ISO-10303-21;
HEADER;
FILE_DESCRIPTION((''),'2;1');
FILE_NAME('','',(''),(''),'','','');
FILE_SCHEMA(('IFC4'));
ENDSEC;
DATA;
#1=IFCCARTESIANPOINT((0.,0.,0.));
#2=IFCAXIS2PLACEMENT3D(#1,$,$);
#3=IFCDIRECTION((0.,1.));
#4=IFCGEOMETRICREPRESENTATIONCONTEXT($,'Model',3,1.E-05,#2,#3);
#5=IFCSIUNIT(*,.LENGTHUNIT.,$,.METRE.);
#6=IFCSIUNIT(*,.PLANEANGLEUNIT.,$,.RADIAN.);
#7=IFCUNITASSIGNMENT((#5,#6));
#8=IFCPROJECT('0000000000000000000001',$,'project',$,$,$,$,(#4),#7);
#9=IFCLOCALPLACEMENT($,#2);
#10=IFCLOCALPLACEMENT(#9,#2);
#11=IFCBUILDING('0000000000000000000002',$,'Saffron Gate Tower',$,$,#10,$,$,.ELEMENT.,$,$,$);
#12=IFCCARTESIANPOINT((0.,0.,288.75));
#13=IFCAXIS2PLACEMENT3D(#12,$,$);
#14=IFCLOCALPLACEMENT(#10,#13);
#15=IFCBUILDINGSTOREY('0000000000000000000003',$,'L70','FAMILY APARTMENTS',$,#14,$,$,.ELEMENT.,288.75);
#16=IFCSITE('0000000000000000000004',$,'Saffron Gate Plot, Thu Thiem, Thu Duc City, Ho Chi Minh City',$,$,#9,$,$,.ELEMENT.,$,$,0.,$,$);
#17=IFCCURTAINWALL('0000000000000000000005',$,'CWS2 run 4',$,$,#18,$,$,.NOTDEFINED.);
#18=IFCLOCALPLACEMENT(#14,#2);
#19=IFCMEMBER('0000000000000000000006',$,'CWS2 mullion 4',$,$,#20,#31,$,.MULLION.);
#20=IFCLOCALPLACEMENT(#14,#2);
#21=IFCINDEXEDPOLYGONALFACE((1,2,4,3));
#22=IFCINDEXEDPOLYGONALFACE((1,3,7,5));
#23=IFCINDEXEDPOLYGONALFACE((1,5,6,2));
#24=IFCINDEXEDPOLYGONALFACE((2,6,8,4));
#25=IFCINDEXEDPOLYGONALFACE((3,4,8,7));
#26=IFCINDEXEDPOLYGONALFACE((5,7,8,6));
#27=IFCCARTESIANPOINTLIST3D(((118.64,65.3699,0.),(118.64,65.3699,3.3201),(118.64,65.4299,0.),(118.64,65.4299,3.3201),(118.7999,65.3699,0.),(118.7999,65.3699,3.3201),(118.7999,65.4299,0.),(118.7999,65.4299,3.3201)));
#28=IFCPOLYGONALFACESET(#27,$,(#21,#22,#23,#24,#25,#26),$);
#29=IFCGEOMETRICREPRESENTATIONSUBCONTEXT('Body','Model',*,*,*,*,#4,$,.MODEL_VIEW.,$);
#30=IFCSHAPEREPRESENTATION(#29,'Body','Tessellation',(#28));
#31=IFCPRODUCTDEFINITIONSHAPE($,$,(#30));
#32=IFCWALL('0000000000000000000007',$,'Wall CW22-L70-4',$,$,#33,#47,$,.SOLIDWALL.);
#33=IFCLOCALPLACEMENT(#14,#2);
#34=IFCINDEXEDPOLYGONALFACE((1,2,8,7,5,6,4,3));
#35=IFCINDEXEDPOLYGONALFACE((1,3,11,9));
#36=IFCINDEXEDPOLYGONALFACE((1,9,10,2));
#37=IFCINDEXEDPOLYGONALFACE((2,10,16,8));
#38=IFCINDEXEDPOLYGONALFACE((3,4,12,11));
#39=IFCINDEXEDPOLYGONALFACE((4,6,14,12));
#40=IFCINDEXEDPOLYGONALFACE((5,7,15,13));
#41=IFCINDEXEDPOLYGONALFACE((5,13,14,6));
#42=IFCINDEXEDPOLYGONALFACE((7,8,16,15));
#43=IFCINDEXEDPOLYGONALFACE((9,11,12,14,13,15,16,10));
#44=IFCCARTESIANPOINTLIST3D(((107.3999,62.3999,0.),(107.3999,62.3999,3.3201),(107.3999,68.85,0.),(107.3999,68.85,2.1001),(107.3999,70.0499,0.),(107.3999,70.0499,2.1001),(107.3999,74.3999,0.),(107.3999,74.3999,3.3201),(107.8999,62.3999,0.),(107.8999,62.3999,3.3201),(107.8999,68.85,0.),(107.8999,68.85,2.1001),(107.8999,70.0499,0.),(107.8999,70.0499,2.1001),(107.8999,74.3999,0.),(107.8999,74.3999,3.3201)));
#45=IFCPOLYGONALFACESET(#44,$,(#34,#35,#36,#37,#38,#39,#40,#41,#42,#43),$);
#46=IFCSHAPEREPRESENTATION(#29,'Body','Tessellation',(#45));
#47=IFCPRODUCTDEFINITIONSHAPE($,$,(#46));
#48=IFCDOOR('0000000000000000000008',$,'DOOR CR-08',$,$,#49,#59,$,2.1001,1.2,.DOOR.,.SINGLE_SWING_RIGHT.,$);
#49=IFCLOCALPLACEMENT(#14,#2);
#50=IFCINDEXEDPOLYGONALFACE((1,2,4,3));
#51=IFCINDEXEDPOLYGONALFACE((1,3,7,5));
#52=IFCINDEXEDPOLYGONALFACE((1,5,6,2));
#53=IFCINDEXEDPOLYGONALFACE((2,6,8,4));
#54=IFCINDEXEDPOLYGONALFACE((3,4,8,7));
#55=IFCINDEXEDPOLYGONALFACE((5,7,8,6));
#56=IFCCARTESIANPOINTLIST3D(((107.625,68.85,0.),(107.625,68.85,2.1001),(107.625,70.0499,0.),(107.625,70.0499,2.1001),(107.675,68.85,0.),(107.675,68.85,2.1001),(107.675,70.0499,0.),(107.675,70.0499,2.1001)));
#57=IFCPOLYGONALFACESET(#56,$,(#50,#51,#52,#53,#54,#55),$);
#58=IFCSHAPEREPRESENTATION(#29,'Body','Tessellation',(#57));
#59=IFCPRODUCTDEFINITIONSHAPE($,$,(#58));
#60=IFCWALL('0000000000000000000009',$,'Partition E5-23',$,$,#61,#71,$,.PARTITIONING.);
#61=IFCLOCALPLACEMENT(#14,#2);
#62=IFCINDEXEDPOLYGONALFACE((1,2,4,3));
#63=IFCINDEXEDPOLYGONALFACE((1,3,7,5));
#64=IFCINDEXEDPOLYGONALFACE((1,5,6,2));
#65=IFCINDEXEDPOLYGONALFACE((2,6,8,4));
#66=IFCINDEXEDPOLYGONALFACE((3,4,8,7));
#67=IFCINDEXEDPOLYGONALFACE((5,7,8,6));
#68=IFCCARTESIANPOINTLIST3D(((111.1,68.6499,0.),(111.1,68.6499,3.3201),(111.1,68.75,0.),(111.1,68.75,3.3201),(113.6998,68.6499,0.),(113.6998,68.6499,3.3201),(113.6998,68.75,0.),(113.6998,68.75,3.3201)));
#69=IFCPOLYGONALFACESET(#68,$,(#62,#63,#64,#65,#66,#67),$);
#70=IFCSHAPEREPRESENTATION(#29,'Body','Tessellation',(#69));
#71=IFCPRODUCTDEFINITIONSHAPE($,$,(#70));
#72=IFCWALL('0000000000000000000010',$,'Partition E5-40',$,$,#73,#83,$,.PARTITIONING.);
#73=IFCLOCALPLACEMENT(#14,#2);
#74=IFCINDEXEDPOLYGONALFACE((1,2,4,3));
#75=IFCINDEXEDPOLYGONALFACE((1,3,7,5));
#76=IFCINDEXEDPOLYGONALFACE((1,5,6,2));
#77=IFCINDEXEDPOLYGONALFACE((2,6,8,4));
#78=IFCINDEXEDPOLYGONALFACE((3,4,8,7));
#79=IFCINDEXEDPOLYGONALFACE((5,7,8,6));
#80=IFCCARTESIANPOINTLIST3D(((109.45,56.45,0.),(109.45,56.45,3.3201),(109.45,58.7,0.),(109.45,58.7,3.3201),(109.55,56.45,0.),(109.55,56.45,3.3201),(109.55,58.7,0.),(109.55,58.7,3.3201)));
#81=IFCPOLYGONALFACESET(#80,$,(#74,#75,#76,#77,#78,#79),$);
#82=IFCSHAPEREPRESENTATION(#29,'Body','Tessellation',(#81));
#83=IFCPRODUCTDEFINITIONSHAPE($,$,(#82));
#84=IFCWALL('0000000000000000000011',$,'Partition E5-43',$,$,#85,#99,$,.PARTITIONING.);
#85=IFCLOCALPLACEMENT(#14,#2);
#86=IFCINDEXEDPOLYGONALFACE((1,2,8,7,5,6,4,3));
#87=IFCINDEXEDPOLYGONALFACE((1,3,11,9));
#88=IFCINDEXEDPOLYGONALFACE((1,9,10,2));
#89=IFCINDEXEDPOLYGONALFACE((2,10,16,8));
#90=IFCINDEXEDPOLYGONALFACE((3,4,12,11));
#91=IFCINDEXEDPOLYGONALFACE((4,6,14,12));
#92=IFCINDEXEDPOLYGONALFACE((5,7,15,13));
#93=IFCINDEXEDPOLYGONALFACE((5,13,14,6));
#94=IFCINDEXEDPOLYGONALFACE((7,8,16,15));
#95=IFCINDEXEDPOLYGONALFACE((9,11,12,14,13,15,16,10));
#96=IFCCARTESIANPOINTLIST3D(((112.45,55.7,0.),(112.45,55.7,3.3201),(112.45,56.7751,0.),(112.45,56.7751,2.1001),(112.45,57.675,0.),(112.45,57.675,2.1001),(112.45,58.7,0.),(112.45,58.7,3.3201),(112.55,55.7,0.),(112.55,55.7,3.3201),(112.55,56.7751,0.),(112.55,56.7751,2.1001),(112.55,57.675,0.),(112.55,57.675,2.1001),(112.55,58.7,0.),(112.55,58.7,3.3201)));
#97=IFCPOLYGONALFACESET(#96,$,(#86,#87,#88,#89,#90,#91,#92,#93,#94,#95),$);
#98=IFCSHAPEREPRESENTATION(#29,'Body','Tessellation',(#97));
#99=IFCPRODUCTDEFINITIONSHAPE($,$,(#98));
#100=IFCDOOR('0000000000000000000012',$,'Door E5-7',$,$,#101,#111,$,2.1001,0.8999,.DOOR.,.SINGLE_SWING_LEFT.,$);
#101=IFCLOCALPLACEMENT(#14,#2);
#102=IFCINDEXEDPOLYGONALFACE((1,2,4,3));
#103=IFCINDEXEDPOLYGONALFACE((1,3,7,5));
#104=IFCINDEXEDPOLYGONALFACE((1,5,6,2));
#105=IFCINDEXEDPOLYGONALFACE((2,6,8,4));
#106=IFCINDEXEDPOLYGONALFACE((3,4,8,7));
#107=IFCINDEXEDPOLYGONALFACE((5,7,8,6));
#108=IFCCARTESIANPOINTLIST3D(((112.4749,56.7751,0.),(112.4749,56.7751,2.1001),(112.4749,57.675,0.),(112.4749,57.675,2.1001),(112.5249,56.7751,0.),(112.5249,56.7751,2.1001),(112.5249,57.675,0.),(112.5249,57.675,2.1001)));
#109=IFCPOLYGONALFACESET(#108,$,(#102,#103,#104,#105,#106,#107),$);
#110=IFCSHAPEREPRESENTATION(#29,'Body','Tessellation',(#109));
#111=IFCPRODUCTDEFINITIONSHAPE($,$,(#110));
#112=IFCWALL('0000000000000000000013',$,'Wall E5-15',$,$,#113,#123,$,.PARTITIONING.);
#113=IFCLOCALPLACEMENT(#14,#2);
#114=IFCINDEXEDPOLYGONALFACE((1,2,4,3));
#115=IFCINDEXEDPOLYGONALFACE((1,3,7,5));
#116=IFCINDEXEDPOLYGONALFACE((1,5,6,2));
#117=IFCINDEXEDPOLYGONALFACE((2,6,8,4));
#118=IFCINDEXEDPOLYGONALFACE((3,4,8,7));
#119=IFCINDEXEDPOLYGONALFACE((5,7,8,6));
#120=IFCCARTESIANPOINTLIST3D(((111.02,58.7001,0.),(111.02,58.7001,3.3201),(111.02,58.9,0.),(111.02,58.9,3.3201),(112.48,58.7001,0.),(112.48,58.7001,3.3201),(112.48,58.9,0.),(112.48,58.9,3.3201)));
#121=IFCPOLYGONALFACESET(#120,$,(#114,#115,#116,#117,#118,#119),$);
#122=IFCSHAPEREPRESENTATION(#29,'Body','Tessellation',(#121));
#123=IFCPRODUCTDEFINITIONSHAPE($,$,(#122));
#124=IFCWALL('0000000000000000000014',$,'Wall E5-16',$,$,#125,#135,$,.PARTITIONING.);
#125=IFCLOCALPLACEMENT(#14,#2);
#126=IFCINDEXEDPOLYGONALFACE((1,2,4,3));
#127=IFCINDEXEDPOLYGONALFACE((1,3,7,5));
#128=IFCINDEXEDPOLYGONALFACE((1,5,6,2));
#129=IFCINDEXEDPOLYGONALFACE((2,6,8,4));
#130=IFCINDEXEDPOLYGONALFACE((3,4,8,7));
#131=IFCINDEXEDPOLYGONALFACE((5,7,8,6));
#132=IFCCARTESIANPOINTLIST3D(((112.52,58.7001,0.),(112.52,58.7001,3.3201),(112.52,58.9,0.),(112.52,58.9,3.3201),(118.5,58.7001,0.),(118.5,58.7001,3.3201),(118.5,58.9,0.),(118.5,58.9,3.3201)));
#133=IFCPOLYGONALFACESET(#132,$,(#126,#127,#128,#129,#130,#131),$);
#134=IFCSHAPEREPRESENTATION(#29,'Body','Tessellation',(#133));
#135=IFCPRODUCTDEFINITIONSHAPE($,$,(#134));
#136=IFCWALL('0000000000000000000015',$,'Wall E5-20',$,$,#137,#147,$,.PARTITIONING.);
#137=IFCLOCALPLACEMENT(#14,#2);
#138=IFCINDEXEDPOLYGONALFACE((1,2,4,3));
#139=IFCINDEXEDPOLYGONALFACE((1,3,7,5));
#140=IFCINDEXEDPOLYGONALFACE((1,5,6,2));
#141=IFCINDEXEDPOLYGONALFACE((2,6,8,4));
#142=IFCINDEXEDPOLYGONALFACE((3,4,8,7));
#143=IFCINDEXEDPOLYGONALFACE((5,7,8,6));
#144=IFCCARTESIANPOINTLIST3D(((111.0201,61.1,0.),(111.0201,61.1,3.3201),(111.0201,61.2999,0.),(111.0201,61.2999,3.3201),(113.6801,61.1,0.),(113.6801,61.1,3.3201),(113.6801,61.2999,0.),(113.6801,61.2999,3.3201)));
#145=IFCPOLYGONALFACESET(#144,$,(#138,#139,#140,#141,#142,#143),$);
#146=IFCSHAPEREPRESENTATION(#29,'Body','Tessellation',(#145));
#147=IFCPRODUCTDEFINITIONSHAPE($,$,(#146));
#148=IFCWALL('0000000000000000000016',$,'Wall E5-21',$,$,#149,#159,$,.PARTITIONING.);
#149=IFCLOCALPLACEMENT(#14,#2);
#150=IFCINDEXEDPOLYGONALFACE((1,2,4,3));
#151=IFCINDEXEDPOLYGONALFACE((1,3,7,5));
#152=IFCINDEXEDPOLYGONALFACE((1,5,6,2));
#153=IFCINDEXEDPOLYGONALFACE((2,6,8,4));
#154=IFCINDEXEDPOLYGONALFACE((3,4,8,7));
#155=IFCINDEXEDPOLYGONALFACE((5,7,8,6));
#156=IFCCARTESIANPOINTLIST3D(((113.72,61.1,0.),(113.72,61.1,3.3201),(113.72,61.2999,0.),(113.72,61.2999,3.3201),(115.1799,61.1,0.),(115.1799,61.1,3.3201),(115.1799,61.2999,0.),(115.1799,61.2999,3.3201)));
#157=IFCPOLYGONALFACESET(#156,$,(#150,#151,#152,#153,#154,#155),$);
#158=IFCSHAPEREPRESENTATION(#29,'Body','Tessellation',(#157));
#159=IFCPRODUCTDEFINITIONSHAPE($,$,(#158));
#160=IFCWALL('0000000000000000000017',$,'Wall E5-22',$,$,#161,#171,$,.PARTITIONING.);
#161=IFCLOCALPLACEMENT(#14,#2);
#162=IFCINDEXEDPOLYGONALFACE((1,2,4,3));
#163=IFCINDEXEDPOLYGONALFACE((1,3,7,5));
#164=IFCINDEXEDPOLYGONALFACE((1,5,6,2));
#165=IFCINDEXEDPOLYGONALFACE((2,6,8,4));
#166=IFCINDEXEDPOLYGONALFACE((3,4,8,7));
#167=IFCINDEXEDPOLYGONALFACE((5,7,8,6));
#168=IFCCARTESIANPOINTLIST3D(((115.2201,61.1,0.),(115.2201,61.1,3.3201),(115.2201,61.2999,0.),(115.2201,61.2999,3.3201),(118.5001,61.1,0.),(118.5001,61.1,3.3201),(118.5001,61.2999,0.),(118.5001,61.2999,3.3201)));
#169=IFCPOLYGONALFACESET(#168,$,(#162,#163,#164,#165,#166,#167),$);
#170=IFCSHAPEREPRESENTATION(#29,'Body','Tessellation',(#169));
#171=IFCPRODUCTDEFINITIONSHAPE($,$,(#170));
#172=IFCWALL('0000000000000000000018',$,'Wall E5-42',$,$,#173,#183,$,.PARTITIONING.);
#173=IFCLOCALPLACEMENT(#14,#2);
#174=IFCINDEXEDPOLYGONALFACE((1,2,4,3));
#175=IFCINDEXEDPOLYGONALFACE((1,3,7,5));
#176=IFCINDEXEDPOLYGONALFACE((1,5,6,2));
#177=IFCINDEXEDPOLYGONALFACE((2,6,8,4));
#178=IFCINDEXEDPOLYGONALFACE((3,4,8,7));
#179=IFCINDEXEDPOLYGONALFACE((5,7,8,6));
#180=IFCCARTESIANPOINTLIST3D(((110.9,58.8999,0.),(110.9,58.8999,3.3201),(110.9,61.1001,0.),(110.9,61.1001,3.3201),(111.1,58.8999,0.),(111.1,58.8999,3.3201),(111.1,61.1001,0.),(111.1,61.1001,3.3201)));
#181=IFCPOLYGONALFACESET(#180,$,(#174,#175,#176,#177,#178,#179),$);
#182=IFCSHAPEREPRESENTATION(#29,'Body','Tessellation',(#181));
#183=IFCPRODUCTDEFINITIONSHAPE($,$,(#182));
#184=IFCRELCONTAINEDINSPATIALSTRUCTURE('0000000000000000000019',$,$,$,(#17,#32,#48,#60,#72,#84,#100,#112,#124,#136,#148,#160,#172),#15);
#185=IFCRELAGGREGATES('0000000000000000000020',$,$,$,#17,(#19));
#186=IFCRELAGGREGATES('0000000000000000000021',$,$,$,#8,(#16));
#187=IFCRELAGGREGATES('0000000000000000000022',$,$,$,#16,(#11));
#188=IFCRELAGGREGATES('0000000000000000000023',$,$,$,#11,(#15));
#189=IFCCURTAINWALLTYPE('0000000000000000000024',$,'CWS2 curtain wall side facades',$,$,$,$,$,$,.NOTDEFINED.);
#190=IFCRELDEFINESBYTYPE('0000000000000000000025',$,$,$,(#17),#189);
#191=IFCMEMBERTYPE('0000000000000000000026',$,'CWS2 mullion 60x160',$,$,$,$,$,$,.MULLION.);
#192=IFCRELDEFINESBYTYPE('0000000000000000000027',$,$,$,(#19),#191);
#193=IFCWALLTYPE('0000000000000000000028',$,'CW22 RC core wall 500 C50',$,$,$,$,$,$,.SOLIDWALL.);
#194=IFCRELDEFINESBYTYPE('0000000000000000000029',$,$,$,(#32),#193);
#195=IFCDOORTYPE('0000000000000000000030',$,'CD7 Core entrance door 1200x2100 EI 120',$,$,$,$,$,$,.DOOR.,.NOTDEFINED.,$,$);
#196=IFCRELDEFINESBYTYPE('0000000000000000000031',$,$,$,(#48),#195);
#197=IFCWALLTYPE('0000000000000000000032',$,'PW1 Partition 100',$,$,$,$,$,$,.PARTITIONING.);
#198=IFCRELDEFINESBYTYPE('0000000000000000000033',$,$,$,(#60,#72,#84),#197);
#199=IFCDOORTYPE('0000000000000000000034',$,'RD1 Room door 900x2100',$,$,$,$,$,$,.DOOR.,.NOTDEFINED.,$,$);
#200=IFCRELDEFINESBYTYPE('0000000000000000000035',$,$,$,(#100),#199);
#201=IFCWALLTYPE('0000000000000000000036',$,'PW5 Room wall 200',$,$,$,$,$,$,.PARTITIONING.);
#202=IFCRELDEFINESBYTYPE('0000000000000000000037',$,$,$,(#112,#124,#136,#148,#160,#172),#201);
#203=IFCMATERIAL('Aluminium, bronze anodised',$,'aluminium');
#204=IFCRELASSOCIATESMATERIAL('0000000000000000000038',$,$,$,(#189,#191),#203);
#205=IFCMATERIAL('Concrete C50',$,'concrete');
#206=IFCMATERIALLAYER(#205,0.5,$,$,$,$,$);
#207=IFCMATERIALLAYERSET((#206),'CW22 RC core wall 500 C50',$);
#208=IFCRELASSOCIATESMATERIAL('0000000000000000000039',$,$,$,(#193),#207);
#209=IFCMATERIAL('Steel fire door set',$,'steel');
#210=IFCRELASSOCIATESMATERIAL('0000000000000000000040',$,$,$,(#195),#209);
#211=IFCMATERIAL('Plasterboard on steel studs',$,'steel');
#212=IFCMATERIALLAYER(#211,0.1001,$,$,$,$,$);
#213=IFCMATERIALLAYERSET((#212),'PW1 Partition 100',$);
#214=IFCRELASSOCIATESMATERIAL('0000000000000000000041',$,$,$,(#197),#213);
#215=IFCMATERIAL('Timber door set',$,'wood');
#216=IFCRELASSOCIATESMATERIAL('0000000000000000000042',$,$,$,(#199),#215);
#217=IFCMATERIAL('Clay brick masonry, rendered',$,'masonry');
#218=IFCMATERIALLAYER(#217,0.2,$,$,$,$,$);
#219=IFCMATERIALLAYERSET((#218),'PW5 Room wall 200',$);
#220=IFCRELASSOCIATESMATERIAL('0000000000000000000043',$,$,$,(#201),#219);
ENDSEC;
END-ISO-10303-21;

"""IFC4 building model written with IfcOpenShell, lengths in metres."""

from ifc_helpers import new_model, si_unit, direction, frame, frame_2d, origin, origin_2d, place, context, subcontext, project, spatial, rectangle, extrude, material, layer, layer_set, material_profile, profile_set, type_object, element, fill, aggregate, save


model = new_model("IFC4")

# Units and contexts
model_context = context("Model", 3, precision=1e-05, world=origin(), true_north=direction((0.0, 1.0)))
body_context = subcontext(model_context, "Body", "Model", "MODEL_VIEW")
ifc_project = project(units=[si_unit("LENGTHUNIT", "METRE"), si_unit("PLANEANGLEUNIT", "RADIAN")], contexts=[model_context])

# Site, building, storey
site_placement = place(None, origin())
site = spatial("IfcSite", under=ifc_project, at=site_placement, Name="Saffron Gate Plot, Thu Thiem, Thu Duc City, Ho Chi Minh City", CompositionType="ELEMENT", RefElevation=0.0)
building_placement = place(site_placement, origin())
building = spatial("IfcBuilding", under=site, at=building_placement, Name="Saffron Gate Tower", CompositionType="ELEMENT")
storey_placement = place(building_placement, frame((0.0, 0.0, 288.75)))
storey = spatial("IfcBuildingStorey", under=building, at=storey_placement, Name="L70", Description="FAMILY APARTMENTS", CompositionType="ELEMENT", Elevation=288.75)

# Curtain wall, member
ifc_material_1 = material(Name="Aluminium, bronze anodised", Category="aluminium")
curtain_wall_type = type_object("IfcCurtainWallType", Name="CWS2 curtain wall side facades", PredefinedType="NOTDEFINED", material=ifc_material_1)
curtain_wall_placement = place(storey_placement, origin())
curtain_wall = element("IfcCurtainWall", 1, at=curtain_wall_placement, inside=storey, type_object=curtain_wall_type, Name="CWS2 run 4", PredefinedType="NOTDEFINED")
ifc_material_profile_1 = material_profile(ifc_material_1, rectangle(XDim=0.1599, YDim=0.0601, at=origin_2d()))
ifc_profile_set_1 = profile_set([ifc_material_profile_1], Name="Aluminium, bronze anodised")
member_type = type_object("IfcMemberType", Name="CWS2 mullion 60x160", PredefinedType="MULLION", material=ifc_profile_set_1)
member_1_placement = place(storey_placement, frame((118.72, 65.3999, 0.0), z_axis=(0.0, 0.0, 1.0), x_axis=(-1.0, 0.0, 0.0)))
member_1 = element("IfcMember", 2, at=member_1_placement, type_object=member_type, Name="CWS2 mullion 4", PredefinedType="MULLION", context=body_context, shape_type="SweptSolid", body=[
    extrude(rectangle(XDim=0.1599, YDim=0.0601, at=origin_2d()), origin(), (0.0, 0.0, 1.0), 3.3201),
])
aggregate(curtain_wall, [member_1])

# Wall, opening, door
ifc_material_2 = material(Name="Concrete C50", Category="concrete")
ifc_layer_1 = layer(ifc_material_2, 0.5)
ifc_layer_set_1 = layer_set([ifc_layer_1], Name="CW22 RC core wall 500 C50")
wall_type_1 = type_object("IfcWallType", Name="CW22 RC core wall 500 C50", PredefinedType="SOLIDWALL", material=ifc_layer_set_1)
wall_1_placement = place(storey_placement, frame((107.6499, 62.3999, 0.0), z_axis=(0.0, 0.0, 1.0), x_axis=(0.0, 1.0, 0.0)))
wall_1 = element("IfcWall", 3, at=wall_1_placement, inside=storey, type_object=wall_type_1, Name="Wall CW22-L70-4", PredefinedType="SOLIDWALL", context=body_context, shape_type="SweptSolid", body=[
    extrude(rectangle(XDim=12.0, YDim=0.5, at=frame_2d((6.0, 0.0))), origin(), (0.0, 0.0, 1.0), 3.3201),
])
opening_1_placement = place(wall_1_placement, frame((6.45, 0.0, 0.0)))
opening_1 = element("IfcOpeningElement", 4, at=opening_1_placement, cuts=wall_1, PredefinedType="OPENING", context=body_context, shape_type="SweptSolid", body=[
    extrude(rectangle(XDim=1.2, YDim=2.1001, at=frame_2d((0.6001, 1.05))), frame((0.0, 0.26, 0.0), z_axis=(0.0, -1.0, 0.0), x_axis=(1.0, 0.0, 0.0)), (0.0, 0.0, 1.0), 0.52),
])
ifc_material_3 = material(Name="Steel fire door set", Category="steel")
door_type_1 = type_object("IfcDoorType", Name="CD7 Core entrance door 1200x2100 EI 120", OperationType="NOTDEFINED", PredefinedType="DOOR", material=ifc_material_3)
door_1_placement = place(opening_1_placement, origin())
door_1 = element("IfcDoor", 5, at=door_1_placement, inside=storey, type_object=door_type_1, Name="DOOR CR-08", OperationType="SINGLE_SWING_RIGHT", OverallHeight=2.1001, OverallWidth=1.2, PredefinedType="DOOR", context=body_context, shape_type="SweptSolid", body=[
    extrude(rectangle(XDim=1.2, YDim=2.1001, at=frame_2d((0.6001, 1.05))), frame((0.0, 0.0249, 0.0), z_axis=(0.0, -1.0, 0.0), x_axis=(1.0, 0.0, 0.0)), (0.0, 0.0, 1.0), 0.05),
])
fill(opening_1, door_1)

# Walls
ifc_material_4 = material(Name="Plasterboard on steel studs", Category="steel")
ifc_layer_2 = layer(ifc_material_4, 0.1001)
ifc_layer_set_2 = layer_set([ifc_layer_2], Name="PW1 Partition 100")
wall_type_2 = type_object("IfcWallType", Name="PW1 Partition 100", PredefinedType="PARTITIONING", material=ifc_layer_set_2)
wall_2_placement = place(storey_placement, frame((111.1001, 68.7, 0.0), z_axis=(0.0, 0.0, 1.0), x_axis=(1.0, 0.0, 0.0)))
element("IfcWall", 6, at=wall_2_placement, inside=storey, type_object=wall_type_2, Name="Partition E5-23", PredefinedType="PARTITIONING", context=body_context, shape_type="SweptSolid", body=[
    extrude(rectangle(XDim=2.5999, YDim=0.1001, at=frame_2d((1.2998, 0.0))), origin(), (0.0, 0.0, 1.0), 3.3201),
])
wall_3_placement = place(storey_placement, frame((109.5, 58.7, 0.0), z_axis=(0.0, 0.0, 1.0), x_axis=(0.0, -1.0, 0.0)))
element("IfcWall", 7, at=wall_3_placement, inside=storey, type_object=wall_type_2, Name="Partition E5-40", PredefinedType="PARTITIONING", context=body_context, shape_type="SweptSolid", body=[
    extrude(rectangle(XDim=2.25, YDim=0.1001, at=frame_2d((1.125, 0.0))), origin(), (0.0, 0.0, 1.0), 3.3201),
])

# Wall, opening, door
wall_4_placement = place(storey_placement, frame((112.5, 58.7, 0.0), z_axis=(0.0, 0.0, 1.0), x_axis=(0.0, -1.0, 0.0)))
wall_4 = element("IfcWall", 8, at=wall_4_placement, inside=storey, type_object=wall_type_2, Name="Partition E5-43", PredefinedType="PARTITIONING", context=body_context, shape_type="SweptSolid", body=[
    extrude(rectangle(XDim=3.0, YDim=0.1001, at=frame_2d((1.5, 0.0))), origin(), (0.0, 0.0, 1.0), 3.3201),
])
opening_2_placement = place(wall_4_placement, frame((1.0249, 0.0, 0.0)))
opening_2 = element("IfcOpeningElement", 9, at=opening_2_placement, cuts=wall_4, PredefinedType="OPENING", context=body_context, shape_type="SweptSolid", body=[
    extrude(rectangle(XDim=0.8999, YDim=2.1001, at=frame_2d((0.45, 1.05))), frame((0.0, 0.0601, 0.0), z_axis=(0.0, -1.0, 0.0), x_axis=(1.0, 0.0, 0.0)), (0.0, 0.0, 1.0), 0.1201),
])
ifc_material_5 = material(Name="Timber door set", Category="wood")
door_type_2 = type_object("IfcDoorType", Name="RD1 Room door 900x2100", OperationType="NOTDEFINED", PredefinedType="DOOR", material=ifc_material_5)
door_2_placement = place(opening_2_placement, origin())
door_2 = element("IfcDoor", 10, at=door_2_placement, inside=storey, type_object=door_type_2, Name="Door E5-7", OperationType="SINGLE_SWING_LEFT", OverallHeight=2.1001, OverallWidth=0.8999, PredefinedType="DOOR", context=body_context, shape_type="SweptSolid", body=[
    extrude(rectangle(XDim=0.8999, YDim=2.1001, at=frame_2d((0.45, 1.05))), frame((0.0, 0.0249, 0.0), z_axis=(0.0, -1.0, 0.0), x_axis=(1.0, 0.0, 0.0)), (0.0, 0.0, 1.0), 0.05),
])
fill(opening_2, door_2)

# Walls
ifc_material_6 = material(Name="Clay brick masonry, rendered", Category="masonry")
ifc_layer_3 = layer(ifc_material_6, 0.2)
ifc_layer_set_3 = layer_set([ifc_layer_3], Name="PW5 Room wall 200")
wall_type_3 = type_object("IfcWallType", Name="PW5 Room wall 200", PredefinedType="PARTITIONING", material=ifc_layer_set_3)
wall_5_placement = place(storey_placement, frame((111.02, 58.8, 0.0), z_axis=(0.0, 0.0, 1.0), x_axis=(1.0, 0.0, 0.0)))
element("IfcWall", 11, at=wall_5_placement, inside=storey, type_object=wall_type_3, Name="Wall E5-15", PredefinedType="PARTITIONING", context=body_context, shape_type="SweptSolid", body=[
    extrude(rectangle(XDim=1.46, YDim=0.2, at=frame_2d((0.73, 0.0))), origin(), (0.0, 0.0, 1.0), 3.3201),
])
wall_6_placement = place(storey_placement, frame((112.52, 58.8, 0.0), z_axis=(0.0, 0.0, 1.0), x_axis=(1.0, 0.0, 0.0)))
element("IfcWall", 12, at=wall_6_placement, inside=storey, type_object=wall_type_3, Name="Wall E5-16", PredefinedType="PARTITIONING", context=body_context, shape_type="SweptSolid", body=[
    extrude(rectangle(XDim=5.98, YDim=0.2, at=frame_2d((2.99, 0.0))), origin(), (0.0, 0.0, 1.0), 3.3201),
])
wall_7_placement = place(storey_placement, frame((111.02, 61.2, 0.0), z_axis=(0.0, 0.0, 1.0), x_axis=(1.0, 0.0, 0.0)))
element("IfcWall", 13, at=wall_7_placement, inside=storey, type_object=wall_type_3, Name="Wall E5-20", PredefinedType="PARTITIONING", context=body_context, shape_type="SweptSolid", body=[
    extrude(rectangle(XDim=2.6599, YDim=0.2, at=frame_2d((1.3301, 0.0))), origin(), (0.0, 0.0, 1.0), 3.3201),
])
wall_8_placement = place(storey_placement, frame((113.72, 61.2, 0.0), z_axis=(0.0, 0.0, 1.0), x_axis=(1.0, 0.0, 0.0)))
element("IfcWall", 14, at=wall_8_placement, inside=storey, type_object=wall_type_3, Name="Wall E5-21", PredefinedType="PARTITIONING", context=body_context, shape_type="SweptSolid", body=[
    extrude(rectangle(XDim=1.46, YDim=0.2, at=frame_2d((0.73, 0.0))), origin(), (0.0, 0.0, 1.0), 3.3201),
])
wall_9_placement = place(storey_placement, frame((115.22, 61.2, 0.0), z_axis=(0.0, 0.0, 1.0), x_axis=(1.0, 0.0, 0.0)))
element("IfcWall", 15, at=wall_9_placement, inside=storey, type_object=wall_type_3, Name="Wall E5-22", PredefinedType="PARTITIONING", context=body_context, shape_type="SweptSolid", body=[
    extrude(rectangle(XDim=3.28, YDim=0.2, at=frame_2d((1.6401, 0.0))), origin(), (0.0, 0.0, 1.0), 3.3201),
])
wall_10_placement = place(storey_placement, frame((111.0, 61.1001, 0.0), z_axis=(0.0, 0.0, 1.0), x_axis=(0.0, -1.0, 0.0)))
element("IfcWall", 16, at=wall_10_placement, inside=storey, type_object=wall_type_3, Name="Wall E5-42", PredefinedType="PARTITIONING", context=body_context, shape_type="SweptSolid", body=[
    extrude(rectangle(XDim=2.2002, YDim=0.2, at=frame_2d((1.1001, 0.0))), origin(), (0.0, 0.0, 1.0), 3.3201),
])

save(model, "model.ifc")
